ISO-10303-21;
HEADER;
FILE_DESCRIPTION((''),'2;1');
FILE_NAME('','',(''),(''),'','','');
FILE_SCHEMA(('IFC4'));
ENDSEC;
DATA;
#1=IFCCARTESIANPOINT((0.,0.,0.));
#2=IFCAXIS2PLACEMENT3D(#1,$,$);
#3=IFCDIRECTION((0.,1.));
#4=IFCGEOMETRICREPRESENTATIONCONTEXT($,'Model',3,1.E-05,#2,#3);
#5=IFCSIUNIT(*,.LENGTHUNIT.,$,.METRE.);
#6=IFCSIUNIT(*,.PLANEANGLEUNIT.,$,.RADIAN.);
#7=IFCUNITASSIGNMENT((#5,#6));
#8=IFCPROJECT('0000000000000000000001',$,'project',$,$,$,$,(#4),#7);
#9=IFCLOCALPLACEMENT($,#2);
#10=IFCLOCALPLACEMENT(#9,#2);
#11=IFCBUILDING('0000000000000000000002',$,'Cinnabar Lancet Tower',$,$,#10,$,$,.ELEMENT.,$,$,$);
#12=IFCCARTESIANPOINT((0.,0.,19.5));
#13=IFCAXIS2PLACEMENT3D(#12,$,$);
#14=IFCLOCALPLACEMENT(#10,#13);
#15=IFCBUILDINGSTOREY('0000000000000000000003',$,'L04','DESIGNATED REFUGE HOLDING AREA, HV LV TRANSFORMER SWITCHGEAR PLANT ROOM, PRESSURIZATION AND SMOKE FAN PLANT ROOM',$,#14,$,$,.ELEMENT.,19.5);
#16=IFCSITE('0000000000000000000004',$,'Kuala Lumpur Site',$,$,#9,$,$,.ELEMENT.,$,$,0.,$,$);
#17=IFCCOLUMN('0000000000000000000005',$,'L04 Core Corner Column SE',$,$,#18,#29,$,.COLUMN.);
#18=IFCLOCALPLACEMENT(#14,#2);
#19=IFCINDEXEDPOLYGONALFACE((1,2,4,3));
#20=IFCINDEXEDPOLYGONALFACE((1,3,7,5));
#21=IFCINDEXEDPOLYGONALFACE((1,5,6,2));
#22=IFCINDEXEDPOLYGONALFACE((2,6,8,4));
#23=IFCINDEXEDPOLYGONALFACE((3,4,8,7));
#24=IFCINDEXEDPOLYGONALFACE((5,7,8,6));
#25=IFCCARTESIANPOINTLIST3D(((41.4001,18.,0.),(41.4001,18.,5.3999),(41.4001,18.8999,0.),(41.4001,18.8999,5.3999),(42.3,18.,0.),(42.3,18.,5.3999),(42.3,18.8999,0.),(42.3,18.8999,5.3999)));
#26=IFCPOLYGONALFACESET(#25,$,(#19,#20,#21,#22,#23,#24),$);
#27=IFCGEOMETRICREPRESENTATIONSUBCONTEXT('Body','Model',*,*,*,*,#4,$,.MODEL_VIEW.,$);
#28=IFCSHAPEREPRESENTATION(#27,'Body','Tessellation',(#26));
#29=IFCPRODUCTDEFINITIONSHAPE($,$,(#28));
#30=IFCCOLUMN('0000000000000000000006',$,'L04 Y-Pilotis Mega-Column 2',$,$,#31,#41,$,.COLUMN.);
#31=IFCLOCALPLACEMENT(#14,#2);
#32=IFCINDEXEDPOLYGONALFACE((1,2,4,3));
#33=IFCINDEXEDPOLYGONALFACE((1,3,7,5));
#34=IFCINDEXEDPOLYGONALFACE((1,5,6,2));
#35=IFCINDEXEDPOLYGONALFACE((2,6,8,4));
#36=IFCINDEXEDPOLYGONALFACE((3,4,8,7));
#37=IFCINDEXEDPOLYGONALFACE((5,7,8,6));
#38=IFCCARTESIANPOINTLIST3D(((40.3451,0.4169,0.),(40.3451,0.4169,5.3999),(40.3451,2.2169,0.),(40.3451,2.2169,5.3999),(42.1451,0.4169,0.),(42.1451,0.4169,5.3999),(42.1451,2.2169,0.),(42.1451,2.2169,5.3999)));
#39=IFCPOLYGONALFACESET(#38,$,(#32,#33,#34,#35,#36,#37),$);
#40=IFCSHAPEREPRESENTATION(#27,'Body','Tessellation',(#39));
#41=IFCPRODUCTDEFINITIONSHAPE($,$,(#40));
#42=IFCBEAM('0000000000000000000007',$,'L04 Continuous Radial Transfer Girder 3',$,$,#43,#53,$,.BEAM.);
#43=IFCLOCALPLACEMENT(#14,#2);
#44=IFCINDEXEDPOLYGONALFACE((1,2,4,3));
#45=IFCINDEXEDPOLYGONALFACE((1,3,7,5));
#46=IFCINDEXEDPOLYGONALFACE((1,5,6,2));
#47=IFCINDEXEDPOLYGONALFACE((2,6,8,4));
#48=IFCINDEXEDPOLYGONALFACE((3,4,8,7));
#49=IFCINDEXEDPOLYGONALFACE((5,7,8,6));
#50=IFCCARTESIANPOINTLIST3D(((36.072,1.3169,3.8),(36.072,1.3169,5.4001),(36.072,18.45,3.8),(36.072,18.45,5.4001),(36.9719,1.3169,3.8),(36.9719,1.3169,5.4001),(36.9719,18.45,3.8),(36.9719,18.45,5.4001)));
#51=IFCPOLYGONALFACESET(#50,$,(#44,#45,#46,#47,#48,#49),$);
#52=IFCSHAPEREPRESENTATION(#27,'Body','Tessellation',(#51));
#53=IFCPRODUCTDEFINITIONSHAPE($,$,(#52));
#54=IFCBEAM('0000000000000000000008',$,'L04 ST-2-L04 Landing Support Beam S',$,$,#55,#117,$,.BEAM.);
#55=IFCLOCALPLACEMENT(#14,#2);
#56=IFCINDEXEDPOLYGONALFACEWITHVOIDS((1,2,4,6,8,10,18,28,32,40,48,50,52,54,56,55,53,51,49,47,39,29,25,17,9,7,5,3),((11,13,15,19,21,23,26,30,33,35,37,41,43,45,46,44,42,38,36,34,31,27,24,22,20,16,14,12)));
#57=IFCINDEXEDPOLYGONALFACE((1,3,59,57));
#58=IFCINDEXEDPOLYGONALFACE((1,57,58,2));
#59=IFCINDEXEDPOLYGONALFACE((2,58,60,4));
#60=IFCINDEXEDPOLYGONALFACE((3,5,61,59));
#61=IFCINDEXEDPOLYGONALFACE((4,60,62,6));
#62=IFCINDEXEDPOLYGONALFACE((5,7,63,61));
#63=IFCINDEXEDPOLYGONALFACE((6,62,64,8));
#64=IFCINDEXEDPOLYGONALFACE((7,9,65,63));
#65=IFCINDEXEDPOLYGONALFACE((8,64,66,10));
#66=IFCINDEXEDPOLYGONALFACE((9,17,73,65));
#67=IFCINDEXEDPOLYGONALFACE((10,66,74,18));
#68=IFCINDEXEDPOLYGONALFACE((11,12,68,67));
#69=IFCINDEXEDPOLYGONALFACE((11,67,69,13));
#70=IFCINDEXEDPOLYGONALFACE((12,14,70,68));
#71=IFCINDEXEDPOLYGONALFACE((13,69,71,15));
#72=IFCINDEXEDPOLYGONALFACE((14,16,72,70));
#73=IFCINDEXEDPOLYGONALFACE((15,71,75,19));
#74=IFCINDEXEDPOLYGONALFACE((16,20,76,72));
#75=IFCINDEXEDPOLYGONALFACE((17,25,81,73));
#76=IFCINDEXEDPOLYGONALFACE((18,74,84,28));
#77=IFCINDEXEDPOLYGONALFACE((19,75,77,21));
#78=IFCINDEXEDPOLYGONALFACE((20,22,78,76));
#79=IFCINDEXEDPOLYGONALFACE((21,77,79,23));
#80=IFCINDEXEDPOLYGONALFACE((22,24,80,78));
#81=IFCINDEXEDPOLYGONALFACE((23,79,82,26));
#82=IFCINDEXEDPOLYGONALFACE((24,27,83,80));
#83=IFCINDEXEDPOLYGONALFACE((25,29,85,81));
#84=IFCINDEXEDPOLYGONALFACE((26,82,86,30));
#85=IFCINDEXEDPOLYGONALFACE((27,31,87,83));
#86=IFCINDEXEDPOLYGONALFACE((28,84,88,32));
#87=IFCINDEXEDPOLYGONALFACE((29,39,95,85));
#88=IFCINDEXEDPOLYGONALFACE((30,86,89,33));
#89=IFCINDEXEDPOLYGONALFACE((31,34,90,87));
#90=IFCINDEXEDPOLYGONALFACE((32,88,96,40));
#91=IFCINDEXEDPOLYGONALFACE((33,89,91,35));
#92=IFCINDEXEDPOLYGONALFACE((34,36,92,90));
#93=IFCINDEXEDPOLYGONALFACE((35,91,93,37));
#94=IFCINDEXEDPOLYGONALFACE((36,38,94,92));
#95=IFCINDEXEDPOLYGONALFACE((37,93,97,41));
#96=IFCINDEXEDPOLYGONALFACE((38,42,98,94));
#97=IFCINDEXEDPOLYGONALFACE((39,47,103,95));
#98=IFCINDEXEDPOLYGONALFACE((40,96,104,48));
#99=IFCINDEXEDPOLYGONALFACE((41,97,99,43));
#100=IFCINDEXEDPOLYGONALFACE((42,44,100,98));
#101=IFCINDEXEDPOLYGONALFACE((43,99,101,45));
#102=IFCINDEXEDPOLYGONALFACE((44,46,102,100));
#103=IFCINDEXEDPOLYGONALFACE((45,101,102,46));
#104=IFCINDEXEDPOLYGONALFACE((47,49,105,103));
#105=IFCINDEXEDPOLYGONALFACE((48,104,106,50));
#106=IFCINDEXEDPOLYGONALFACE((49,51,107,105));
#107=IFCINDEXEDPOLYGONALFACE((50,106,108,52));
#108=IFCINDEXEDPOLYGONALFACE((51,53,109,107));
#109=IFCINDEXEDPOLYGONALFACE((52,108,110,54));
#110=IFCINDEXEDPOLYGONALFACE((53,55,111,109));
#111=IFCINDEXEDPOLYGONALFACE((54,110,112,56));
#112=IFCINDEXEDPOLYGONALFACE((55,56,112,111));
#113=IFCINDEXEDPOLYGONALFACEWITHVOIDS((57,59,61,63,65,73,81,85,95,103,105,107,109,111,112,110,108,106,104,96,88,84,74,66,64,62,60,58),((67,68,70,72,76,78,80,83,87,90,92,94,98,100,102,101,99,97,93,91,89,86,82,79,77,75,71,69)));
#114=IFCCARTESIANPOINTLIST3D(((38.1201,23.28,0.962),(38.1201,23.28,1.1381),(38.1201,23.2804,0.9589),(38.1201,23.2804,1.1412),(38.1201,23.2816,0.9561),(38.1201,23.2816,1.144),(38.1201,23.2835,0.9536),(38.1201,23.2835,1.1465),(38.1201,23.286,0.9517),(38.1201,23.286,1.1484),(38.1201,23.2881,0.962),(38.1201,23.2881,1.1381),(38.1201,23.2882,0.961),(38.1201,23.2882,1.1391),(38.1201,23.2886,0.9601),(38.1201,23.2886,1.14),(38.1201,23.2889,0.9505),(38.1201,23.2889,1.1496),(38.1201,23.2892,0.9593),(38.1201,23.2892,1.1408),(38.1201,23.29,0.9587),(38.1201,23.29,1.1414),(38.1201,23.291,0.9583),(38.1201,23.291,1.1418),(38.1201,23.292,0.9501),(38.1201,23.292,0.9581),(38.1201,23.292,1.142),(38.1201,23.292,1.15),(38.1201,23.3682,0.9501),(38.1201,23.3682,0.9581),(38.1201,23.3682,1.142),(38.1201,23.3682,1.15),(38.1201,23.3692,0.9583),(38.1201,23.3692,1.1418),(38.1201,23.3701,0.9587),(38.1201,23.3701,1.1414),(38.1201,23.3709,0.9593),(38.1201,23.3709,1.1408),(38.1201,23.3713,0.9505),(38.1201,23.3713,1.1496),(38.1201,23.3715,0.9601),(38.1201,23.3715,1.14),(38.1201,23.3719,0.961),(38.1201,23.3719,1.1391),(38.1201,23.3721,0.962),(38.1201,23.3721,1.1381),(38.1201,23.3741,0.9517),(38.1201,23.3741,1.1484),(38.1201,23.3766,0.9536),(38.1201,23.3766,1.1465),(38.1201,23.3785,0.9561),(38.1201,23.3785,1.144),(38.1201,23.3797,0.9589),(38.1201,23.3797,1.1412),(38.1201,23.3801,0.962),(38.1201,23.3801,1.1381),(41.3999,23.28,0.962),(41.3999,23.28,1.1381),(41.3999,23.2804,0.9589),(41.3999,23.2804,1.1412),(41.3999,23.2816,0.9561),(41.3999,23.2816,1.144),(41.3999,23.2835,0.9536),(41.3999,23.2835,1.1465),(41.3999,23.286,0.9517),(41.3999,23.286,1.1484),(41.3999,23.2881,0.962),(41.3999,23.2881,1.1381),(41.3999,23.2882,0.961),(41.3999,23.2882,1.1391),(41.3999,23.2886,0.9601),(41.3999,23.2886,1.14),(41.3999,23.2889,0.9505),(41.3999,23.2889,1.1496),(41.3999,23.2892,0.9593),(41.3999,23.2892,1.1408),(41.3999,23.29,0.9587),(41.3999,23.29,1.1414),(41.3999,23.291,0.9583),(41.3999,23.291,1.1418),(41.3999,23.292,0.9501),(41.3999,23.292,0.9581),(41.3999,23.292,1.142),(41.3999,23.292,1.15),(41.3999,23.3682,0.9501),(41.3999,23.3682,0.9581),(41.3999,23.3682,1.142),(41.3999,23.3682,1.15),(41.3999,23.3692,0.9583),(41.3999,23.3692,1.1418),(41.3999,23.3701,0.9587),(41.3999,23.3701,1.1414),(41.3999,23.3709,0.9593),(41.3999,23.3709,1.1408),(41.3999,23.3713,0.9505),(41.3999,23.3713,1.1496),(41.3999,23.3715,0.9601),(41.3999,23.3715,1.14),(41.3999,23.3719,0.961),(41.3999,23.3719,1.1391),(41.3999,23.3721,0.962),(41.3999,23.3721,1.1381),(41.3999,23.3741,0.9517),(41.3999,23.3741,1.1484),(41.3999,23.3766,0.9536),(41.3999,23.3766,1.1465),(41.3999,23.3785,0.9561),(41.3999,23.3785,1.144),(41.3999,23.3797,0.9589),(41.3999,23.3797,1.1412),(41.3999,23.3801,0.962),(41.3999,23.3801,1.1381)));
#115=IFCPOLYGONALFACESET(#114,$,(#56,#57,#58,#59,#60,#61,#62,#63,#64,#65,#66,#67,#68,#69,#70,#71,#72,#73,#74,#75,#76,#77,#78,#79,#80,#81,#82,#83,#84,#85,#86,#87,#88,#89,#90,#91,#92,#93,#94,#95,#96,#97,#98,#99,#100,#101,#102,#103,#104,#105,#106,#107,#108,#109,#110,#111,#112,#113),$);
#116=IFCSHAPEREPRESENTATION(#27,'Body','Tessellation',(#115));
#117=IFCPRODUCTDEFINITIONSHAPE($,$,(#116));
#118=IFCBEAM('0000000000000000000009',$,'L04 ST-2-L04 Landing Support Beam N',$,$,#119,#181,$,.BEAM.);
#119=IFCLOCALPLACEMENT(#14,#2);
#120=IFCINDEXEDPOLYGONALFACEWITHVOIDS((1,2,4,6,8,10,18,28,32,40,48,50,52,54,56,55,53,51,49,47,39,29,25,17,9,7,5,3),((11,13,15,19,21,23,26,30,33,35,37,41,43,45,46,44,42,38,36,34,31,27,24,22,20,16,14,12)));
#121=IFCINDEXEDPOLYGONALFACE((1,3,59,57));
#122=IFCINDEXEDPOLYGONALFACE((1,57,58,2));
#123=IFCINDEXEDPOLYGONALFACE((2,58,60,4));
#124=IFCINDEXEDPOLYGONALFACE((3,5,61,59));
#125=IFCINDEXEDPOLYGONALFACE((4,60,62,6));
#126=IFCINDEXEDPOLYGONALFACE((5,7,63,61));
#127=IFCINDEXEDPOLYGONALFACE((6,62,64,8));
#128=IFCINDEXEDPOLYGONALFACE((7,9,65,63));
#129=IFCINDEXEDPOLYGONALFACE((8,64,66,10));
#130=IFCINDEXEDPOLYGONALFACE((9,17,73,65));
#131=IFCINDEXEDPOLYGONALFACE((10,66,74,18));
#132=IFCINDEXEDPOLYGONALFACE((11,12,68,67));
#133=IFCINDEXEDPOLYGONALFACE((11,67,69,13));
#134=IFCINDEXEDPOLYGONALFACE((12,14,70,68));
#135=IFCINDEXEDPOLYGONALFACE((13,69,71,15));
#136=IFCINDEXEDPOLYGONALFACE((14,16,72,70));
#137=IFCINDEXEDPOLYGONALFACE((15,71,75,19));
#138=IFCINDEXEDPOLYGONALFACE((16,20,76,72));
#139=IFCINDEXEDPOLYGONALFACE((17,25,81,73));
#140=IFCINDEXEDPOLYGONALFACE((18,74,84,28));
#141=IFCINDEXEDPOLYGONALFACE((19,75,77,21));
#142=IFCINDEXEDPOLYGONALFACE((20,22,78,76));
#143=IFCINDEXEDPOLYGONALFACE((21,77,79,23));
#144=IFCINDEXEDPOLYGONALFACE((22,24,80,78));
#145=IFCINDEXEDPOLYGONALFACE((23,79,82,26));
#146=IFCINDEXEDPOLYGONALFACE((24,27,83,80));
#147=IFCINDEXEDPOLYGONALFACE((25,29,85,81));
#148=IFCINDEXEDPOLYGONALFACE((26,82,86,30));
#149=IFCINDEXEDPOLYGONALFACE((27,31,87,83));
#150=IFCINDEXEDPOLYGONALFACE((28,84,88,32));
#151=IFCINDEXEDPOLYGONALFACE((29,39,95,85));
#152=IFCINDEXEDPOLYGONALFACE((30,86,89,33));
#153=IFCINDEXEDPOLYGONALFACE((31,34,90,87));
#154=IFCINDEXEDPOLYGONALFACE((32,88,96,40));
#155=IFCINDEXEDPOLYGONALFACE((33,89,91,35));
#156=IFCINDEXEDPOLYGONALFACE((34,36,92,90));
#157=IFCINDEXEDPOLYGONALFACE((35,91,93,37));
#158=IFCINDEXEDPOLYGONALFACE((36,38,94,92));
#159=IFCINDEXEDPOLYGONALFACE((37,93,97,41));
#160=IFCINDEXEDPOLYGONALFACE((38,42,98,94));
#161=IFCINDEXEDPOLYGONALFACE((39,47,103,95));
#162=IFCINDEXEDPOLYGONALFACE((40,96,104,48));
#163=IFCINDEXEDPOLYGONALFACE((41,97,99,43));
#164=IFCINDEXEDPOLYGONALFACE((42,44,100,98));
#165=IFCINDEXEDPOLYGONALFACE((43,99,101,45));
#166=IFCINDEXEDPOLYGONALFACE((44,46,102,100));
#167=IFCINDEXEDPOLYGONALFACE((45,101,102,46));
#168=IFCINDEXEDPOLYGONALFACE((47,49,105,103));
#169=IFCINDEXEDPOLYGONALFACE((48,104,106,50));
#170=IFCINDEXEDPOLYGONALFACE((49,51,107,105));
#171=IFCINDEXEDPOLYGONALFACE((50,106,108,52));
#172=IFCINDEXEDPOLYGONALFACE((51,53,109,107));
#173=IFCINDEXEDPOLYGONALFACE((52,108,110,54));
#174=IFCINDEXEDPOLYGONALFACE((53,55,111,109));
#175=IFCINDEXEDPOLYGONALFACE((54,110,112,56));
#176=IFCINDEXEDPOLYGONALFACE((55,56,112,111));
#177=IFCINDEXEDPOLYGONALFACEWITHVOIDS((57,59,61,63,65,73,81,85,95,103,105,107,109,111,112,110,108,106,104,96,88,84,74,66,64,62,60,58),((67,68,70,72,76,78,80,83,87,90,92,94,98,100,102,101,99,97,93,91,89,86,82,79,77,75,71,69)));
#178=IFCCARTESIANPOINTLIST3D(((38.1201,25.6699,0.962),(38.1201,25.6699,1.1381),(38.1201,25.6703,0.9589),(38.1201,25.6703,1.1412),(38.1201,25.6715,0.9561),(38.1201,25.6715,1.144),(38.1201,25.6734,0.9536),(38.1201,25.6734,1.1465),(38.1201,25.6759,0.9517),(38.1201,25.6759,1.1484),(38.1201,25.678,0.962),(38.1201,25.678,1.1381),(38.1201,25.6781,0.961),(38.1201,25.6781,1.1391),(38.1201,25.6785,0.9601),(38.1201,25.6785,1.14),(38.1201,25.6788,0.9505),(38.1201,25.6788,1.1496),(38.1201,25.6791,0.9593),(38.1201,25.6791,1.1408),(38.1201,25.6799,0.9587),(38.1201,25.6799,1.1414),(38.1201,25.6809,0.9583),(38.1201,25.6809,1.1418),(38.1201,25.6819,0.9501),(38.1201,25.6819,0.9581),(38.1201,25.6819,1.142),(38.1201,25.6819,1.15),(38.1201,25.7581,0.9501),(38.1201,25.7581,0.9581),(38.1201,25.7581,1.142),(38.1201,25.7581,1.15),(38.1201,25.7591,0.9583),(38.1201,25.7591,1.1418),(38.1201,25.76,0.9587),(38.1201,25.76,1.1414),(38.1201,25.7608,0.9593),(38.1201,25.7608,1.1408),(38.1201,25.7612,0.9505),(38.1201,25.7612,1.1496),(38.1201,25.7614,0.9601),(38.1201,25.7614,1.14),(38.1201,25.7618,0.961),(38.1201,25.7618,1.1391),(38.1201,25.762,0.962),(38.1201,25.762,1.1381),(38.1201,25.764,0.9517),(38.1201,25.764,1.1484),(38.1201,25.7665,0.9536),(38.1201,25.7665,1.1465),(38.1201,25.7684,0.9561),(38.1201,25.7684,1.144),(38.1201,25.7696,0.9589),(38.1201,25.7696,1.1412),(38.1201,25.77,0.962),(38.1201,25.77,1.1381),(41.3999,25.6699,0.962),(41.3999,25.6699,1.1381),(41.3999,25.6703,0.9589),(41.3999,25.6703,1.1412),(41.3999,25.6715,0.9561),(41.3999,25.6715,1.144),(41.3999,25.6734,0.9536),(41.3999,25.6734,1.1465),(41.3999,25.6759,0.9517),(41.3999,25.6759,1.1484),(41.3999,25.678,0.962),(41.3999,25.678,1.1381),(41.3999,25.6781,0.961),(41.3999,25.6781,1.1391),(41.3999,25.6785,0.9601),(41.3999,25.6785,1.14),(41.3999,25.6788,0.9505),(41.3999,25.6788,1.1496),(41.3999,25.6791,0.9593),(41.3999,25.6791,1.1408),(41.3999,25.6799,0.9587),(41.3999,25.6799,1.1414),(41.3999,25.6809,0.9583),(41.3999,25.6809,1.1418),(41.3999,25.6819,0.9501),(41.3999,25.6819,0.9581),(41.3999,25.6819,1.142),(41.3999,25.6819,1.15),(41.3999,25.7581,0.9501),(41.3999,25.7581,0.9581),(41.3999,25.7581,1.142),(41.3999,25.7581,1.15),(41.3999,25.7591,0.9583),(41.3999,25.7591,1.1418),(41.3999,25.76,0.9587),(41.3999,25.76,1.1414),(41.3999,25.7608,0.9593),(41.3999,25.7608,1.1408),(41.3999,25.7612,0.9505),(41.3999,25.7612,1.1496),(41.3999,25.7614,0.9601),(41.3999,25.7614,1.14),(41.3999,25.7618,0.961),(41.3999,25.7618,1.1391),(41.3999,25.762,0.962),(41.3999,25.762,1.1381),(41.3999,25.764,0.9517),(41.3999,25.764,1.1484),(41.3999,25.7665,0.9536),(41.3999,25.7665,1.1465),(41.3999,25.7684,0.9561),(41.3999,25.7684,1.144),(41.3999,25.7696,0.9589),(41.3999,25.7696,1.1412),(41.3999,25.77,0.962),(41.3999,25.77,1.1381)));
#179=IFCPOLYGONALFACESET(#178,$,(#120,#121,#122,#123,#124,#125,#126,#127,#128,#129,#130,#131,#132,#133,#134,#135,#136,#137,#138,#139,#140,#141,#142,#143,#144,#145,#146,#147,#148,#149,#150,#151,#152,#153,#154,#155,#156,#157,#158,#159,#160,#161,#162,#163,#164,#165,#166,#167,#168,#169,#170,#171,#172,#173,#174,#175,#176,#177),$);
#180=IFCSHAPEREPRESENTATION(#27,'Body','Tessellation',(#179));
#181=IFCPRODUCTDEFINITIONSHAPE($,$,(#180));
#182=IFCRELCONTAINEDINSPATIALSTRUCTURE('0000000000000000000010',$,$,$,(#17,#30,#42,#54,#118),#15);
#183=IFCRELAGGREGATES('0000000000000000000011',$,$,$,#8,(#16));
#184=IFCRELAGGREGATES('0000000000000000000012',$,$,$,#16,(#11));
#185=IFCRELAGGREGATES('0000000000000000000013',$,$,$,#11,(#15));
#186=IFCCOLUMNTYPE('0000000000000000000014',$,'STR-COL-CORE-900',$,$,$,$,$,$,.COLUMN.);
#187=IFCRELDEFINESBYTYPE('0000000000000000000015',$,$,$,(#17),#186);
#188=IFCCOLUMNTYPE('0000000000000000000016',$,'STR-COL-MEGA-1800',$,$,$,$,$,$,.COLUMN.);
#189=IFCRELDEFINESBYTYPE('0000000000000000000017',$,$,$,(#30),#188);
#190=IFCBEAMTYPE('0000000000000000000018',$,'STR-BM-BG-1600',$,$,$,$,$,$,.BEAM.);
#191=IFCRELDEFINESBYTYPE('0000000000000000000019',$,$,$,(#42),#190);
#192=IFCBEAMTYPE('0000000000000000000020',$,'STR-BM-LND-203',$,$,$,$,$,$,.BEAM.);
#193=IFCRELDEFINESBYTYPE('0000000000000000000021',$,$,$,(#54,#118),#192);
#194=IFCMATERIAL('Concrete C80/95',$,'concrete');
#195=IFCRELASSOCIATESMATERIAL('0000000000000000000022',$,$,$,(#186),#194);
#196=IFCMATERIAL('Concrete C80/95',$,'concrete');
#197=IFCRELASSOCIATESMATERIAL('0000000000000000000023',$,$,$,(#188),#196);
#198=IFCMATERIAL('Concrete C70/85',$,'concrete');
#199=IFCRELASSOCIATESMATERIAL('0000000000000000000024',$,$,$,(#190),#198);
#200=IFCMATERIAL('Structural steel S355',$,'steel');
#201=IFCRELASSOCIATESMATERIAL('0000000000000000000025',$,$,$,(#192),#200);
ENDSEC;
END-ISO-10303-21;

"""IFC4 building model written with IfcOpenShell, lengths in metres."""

from ifc_helpers import new_model, si_unit, direction, frame, origin, origin_2d, place, context, subcontext, project, spatial, rectangle, hollow_rectangle, extrude, material, material_profile, profile_set, type_object, element, save


model = new_model("IFC4")

# Units and contexts
model_context = context("Model", 3, precision=1e-05, world=origin(), true_north=direction((0.0, 1.0)))
body_context = subcontext(model_context, "Body", "Model", "MODEL_VIEW")
ifc_project = project(units=[si_unit("LENGTHUNIT", "METRE"), si_unit("PLANEANGLEUNIT", "RADIAN")], contexts=[model_context])

# Site, building, storey
site_placement = place(None, origin())
site = spatial("IfcSite", under=ifc_project, at=site_placement, Name="Kuala Lumpur Site", CompositionType="ELEMENT", RefElevation=0.0)
building_placement = place(site_placement, origin())
building = spatial("IfcBuilding", under=site, at=building_placement, Name="Cinnabar Lancet Tower", CompositionType="ELEMENT")
storey_placement = place(building_placement, frame((0.0, 0.0, 19.5)))
storey = spatial("IfcBuildingStorey", under=building, at=storey_placement, Name="L04", Description="DESIGNATED REFUGE HOLDING AREA, HV LV TRANSFORMER SWITCHGEAR PLANT ROOM, PRESSURIZATION AND SMOKE FAN PLANT ROOM", CompositionType="ELEMENT", Elevation=19.5)

# Columns
ifc_material_1 = material(Name="Concrete C80/95", Category="concrete")
ifc_material_profile_1 = material_profile(ifc_material_1, rectangle(XDim=0.8999, YDim=0.8999, at=origin_2d()), Name="RC-COL 900x900")
ifc_profile_set_1 = profile_set([ifc_material_profile_1], Name="Concrete C80/95")
column_type_1 = type_object("IfcColumnType", Name="STR-COL-CORE-900", PredefinedType="COLUMN", material=ifc_profile_set_1)
column_1_placement = place(storey_placement, frame((41.8501, 18.45, 0.0), z_axis=(0.0, 0.0, 1.0), x_axis=(1.0, 0.0, 0.0)))
element("IfcColumn", 1, at=column_1_placement, inside=storey, type_object=column_type_1, Name="L04 Core Corner Column SE", PredefinedType="COLUMN", context=body_context, shape_type="SweptSolid", body=[
    extrude(rectangle(XDim=0.8999, YDim=0.8999, at=origin_2d()), origin(), (0.0, 0.0, 1.0), 5.3999),
])
ifc_material_2 = material(Name="Concrete C80/95", Category="concrete")
ifc_material_profile_2 = material_profile(ifc_material_2, rectangle(XDim=1.8, YDim=1.8, at=origin_2d()), Name="RC-MEGA 1800x1800")
ifc_profile_set_2 = profile_set([ifc_material_profile_2], Name="Concrete C80/95")
column_type_2 = type_object("IfcColumnType", Name="STR-COL-MEGA-1800", PredefinedType="COLUMN", material=ifc_profile_set_2)
column_2_placement = place(storey_placement, frame((41.2451, 1.3169, 0.0), z_axis=(0.0, 0.0, 1.0), x_axis=(1.0, 0.0, 0.0)))
element("IfcColumn", 2, at=column_2_placement, inside=storey, type_object=column_type_2, Name="L04 Y-Pilotis Mega-Column 2", PredefinedType="COLUMN", context=body_context, shape_type="SweptSolid", body=[
    extrude(rectangle(XDim=1.8, YDim=1.8, at=origin_2d()), origin(), (0.0, 0.0, 1.0), 5.3999),
])

# Beams
ifc_material_3 = material(Name="Concrete C70/85", Category="concrete")
ifc_material_profile_3 = material_profile(ifc_material_3, rectangle(XDim=0.8999, YDim=1.6001, at=origin_2d()), Name="RC-BG 900x1600")
ifc_profile_set_3 = profile_set([ifc_material_profile_3], Name="Concrete C70/85")
beam_type_1 = type_object("IfcBeamType", Name="STR-BM-BG-1600", PredefinedType="BEAM", material=ifc_profile_set_3)
beam_1_placement = place(storey_placement, frame((36.522, 1.3169, 4.6001), z_axis=(0.0, 1.0, 0.0), x_axis=(-1.0, 0.0, 0.0)))
element("IfcBeam", 3, at=beam_1_placement, inside=storey, type_object=beam_type_1, Name="L04 Continuous Radial Transfer Girder 3", PredefinedType="BEAM", context=body_context, shape_type="SweptSolid", body=[
    extrude(rectangle(XDim=0.8999, YDim=1.6001, at=origin_2d()), origin(), (0.0, 0.0, 1.0), 17.1331),
])
ifc_material_4 = material(Name="Structural steel S355", Category="steel")
ifc_material_profile_4 = material_profile(ifc_material_4, hollow_rectangle(XDim=0.1001, YDim=0.2, WallThickness=0.0081, InnerFilletRadius=0.0039, OuterFilletRadius=0.012, at=origin_2d()), Name="RHS 200x100x8")
ifc_profile_set_4 = profile_set([ifc_material_profile_4], Name="Structural steel S355")
beam_type_2 = type_object("IfcBeamType", Name="STR-BM-LND-203", PredefinedType="BEAM", material=ifc_profile_set_4)
for number, where, z_axis, x_axis, name in (
    (4, (38.1201, 23.3301, 1.05), (1.0, 0.0, 0.0), (0.0, 1.0, 0.0), "L04 ST-2-L04 Landing Support Beam S"),
    (5, (38.1201, 25.72, 1.05), (1.0, 0.0, 0.0), (0.0, 1.0, 0.0), "L04 ST-2-L04 Landing Support Beam N"),
):
    element("IfcBeam", number, at=place(storey_placement, frame(where, z_axis=z_axis, x_axis=x_axis)), inside=storey, type_object=beam_type_2, Name=name, PredefinedType="BEAM", context=body_context, shape_type="SweptSolid", body=[
        extrude(hollow_rectangle(XDim=0.1001, YDim=0.2, WallThickness=0.0081, InnerFilletRadius=0.0039, OuterFilletRadius=0.012, at=origin_2d()), origin(), (0.0, 0.0, 1.0), 3.2798),
    ])

save(model, "model.ifc")
